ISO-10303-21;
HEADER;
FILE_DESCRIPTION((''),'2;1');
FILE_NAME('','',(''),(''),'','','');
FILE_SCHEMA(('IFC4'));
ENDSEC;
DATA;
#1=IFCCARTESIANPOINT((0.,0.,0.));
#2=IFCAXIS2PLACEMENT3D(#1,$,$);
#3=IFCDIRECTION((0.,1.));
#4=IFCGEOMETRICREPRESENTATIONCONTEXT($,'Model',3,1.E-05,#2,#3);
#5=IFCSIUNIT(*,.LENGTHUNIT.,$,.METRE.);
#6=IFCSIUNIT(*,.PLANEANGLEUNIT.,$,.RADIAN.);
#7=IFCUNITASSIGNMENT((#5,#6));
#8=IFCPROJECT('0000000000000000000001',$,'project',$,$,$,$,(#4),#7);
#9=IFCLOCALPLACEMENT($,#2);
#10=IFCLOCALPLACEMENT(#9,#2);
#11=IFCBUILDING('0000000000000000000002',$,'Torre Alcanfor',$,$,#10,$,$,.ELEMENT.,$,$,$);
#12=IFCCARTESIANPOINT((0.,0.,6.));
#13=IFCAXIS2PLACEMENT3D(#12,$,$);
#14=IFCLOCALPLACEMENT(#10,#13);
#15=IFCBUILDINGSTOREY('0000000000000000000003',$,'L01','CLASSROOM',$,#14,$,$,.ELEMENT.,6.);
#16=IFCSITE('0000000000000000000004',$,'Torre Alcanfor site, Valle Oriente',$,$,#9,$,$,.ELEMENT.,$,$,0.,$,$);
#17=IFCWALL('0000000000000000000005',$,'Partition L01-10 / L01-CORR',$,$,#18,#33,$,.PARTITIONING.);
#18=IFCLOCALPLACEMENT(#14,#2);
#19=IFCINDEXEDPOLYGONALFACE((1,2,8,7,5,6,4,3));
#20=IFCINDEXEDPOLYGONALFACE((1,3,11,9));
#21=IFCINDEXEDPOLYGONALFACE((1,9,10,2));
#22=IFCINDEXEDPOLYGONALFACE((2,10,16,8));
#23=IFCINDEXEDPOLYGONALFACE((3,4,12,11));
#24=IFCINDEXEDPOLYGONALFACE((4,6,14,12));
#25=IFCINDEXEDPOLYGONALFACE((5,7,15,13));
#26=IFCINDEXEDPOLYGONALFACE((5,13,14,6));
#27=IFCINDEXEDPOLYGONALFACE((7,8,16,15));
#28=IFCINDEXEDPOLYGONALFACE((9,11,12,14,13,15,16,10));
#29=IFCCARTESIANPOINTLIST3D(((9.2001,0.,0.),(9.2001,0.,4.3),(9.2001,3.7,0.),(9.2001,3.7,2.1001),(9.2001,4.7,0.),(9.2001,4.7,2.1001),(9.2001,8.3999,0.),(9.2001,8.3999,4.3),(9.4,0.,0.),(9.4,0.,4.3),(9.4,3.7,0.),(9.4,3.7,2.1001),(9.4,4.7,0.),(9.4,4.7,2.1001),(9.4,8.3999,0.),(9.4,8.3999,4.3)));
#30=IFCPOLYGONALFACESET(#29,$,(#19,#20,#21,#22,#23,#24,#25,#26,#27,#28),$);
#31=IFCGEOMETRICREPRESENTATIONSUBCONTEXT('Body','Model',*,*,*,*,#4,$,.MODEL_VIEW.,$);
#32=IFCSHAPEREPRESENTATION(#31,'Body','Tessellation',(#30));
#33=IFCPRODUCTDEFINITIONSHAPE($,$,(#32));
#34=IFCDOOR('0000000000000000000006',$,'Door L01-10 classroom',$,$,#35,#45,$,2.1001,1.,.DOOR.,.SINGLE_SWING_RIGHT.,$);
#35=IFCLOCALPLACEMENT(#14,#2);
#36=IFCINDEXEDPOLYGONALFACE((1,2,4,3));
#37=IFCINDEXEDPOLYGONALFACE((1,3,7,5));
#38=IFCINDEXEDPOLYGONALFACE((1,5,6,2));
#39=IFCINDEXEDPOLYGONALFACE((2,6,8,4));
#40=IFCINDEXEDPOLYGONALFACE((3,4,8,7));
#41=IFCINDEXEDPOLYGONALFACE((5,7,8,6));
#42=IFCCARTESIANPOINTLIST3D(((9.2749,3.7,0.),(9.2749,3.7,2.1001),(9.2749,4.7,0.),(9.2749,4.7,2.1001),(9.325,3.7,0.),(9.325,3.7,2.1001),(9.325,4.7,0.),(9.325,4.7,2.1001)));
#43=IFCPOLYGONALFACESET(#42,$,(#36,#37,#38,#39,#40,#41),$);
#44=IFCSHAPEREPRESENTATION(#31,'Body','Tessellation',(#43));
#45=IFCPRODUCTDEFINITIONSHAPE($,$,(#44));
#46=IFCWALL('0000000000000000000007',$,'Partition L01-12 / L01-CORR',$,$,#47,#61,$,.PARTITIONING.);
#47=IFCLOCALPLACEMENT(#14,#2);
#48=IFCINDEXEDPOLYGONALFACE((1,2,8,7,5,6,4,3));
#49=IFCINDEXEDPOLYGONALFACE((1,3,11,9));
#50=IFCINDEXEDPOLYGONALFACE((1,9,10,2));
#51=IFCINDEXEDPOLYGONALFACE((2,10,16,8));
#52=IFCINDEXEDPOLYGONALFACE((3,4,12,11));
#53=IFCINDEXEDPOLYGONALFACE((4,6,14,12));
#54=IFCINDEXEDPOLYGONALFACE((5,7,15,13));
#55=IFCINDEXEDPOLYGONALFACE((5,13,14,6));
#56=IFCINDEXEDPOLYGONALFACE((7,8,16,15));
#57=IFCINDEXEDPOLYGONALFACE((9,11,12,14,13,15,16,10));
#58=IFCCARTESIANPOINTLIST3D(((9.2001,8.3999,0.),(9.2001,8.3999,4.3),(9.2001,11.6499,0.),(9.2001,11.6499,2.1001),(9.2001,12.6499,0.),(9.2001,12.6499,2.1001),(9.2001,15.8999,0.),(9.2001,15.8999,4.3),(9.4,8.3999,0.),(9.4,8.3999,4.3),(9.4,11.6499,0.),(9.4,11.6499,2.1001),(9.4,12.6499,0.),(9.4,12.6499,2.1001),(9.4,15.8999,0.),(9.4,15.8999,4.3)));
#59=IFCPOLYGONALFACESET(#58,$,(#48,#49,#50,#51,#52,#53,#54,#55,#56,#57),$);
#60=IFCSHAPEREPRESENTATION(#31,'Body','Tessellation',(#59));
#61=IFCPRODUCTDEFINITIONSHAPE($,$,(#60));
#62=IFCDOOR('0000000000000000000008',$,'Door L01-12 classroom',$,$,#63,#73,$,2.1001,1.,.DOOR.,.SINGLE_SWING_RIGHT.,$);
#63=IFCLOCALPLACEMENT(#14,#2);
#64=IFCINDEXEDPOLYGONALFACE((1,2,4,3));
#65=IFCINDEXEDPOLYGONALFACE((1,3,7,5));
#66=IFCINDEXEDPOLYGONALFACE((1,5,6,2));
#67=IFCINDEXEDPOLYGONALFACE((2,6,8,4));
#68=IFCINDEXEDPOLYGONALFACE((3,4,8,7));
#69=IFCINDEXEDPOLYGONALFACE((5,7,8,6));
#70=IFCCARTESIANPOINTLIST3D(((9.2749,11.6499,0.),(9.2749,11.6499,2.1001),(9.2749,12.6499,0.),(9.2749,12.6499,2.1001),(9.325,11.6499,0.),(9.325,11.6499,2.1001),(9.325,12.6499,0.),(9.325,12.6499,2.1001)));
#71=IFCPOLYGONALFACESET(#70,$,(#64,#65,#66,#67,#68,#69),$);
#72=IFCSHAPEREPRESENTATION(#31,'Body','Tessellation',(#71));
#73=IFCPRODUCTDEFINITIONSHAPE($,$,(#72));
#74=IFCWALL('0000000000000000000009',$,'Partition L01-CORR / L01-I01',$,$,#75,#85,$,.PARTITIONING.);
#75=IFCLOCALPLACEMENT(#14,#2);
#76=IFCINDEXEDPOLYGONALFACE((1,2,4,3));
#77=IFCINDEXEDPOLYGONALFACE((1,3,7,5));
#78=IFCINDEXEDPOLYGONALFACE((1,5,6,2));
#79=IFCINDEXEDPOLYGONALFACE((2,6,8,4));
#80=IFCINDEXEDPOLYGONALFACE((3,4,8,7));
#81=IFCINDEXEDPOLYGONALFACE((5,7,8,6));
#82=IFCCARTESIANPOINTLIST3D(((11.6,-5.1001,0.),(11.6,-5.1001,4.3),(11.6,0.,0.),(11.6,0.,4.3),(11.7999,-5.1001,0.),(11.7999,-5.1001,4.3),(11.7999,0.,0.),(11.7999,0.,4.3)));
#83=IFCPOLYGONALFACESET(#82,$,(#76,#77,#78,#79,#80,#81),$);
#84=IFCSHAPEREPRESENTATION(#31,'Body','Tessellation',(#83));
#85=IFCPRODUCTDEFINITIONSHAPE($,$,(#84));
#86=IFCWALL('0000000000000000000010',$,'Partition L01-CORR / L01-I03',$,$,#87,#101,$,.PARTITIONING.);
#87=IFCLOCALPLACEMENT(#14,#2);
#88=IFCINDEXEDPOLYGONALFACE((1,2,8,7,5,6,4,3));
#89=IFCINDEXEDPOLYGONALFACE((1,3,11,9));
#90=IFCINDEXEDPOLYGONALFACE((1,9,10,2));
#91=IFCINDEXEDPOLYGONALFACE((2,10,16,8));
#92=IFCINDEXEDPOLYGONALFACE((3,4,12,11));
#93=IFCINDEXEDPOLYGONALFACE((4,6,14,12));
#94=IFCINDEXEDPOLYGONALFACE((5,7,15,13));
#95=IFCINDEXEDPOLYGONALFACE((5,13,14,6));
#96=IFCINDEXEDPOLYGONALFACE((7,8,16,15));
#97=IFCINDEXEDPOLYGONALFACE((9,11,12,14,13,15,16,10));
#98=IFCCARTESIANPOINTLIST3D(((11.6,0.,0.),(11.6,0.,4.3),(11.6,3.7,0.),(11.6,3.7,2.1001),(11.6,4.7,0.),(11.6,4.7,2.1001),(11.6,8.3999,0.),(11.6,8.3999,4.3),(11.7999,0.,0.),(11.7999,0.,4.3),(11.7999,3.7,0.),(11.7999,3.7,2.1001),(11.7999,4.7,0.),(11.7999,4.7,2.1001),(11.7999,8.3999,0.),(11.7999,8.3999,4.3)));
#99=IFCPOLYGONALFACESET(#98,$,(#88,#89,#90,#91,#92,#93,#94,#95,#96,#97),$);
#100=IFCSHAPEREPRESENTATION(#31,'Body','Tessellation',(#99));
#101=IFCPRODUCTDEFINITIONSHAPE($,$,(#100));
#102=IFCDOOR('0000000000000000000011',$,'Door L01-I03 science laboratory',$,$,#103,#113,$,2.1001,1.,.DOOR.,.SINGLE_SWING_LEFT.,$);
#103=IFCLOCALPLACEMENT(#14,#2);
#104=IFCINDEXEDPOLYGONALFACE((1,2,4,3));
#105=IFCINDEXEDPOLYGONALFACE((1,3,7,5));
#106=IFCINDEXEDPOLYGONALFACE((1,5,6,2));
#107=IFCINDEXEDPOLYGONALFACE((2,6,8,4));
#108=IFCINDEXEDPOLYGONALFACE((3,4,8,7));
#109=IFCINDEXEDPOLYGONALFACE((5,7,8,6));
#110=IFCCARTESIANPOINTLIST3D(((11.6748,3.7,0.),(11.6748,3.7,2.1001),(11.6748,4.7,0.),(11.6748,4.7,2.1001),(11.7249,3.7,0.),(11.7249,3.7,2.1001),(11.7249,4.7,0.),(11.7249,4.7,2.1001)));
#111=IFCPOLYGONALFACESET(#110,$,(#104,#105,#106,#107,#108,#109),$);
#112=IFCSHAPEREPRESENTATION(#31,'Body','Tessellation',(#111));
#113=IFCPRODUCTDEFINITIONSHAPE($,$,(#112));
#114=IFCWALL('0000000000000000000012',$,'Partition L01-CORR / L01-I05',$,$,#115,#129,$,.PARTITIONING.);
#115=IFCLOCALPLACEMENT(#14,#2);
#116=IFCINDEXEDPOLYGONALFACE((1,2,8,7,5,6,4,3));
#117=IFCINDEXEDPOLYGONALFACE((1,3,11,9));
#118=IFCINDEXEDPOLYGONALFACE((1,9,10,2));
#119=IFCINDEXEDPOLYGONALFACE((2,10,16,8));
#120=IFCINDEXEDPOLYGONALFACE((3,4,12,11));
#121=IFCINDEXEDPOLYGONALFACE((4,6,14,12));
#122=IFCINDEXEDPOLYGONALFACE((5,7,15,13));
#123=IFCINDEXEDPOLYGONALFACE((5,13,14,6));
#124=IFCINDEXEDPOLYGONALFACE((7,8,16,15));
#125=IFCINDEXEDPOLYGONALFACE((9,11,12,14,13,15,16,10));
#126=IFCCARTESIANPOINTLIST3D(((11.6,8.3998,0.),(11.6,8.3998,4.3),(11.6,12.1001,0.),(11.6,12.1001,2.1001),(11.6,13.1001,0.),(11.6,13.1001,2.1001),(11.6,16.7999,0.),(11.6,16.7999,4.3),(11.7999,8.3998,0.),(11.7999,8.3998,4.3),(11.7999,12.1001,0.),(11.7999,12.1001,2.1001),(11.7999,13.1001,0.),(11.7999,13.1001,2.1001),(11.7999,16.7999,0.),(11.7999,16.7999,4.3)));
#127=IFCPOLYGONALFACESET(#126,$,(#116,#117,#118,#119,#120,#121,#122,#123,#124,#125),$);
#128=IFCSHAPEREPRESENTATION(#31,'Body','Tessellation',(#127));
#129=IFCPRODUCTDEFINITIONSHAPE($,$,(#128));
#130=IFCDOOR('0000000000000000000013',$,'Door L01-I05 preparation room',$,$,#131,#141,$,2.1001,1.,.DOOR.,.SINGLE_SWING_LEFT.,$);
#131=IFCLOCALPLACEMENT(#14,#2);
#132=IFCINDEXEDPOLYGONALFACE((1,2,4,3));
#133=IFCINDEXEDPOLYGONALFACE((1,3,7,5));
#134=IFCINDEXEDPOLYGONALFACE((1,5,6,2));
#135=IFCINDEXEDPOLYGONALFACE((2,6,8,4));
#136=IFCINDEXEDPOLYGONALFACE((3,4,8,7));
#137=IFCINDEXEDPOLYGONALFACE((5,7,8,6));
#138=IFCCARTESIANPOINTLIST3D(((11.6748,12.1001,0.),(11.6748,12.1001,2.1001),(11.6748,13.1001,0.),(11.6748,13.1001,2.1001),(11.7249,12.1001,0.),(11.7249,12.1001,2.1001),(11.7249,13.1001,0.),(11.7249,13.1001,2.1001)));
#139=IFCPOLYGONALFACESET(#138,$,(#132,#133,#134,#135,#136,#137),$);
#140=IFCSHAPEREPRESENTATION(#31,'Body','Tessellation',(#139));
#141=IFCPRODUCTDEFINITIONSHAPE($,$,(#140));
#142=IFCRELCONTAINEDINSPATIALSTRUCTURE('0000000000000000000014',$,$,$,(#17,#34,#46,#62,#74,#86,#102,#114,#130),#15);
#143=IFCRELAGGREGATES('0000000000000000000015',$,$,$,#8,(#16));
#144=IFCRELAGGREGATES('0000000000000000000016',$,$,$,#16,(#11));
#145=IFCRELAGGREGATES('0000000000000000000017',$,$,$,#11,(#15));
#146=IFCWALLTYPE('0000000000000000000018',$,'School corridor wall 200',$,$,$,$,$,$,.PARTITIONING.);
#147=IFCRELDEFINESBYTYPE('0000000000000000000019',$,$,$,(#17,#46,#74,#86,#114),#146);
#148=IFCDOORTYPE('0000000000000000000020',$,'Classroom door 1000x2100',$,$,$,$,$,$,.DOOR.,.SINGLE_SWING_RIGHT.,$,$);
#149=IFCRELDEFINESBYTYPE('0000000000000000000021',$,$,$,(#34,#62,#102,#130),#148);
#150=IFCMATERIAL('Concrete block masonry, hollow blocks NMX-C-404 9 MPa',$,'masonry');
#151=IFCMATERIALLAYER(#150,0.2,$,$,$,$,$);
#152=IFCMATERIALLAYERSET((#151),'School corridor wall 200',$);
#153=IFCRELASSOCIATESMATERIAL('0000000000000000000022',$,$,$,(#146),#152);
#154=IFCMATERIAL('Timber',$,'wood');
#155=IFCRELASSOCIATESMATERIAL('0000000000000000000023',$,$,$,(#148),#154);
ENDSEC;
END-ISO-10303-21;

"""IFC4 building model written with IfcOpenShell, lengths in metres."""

from ifc_helpers import new_model, si_unit, direction, frame, frame_2d, origin, place, context, subcontext, project, spatial, rectangle, extrude, material, layer, layer_set, type_object, element, fill, save


model = new_model("IFC4")

# Units and contexts
model_context = context("Model", 3, precision=1e-05, world=origin(), true_north=direction((0.0, 1.0)))
body_context = subcontext(model_context, "Body", "Model", "MODEL_VIEW")
ifc_project = project(units=[si_unit("LENGTHUNIT", "METRE"), si_unit("PLANEANGLEUNIT", "RADIAN")], contexts=[model_context])

# Site, building, storey
site_placement = place(None, origin())
site = spatial("IfcSite", under=ifc_project, at=site_placement, Name="Torre Alcanfor site, Valle Oriente", CompositionType="ELEMENT", RefElevation=0.0)
building_placement = place(site_placement, origin())
building = spatial("IfcBuilding", under=site, at=building_placement, Name="Torre Alcanfor", CompositionType="ELEMENT")
storey_placement = place(building_placement, frame((0.0, 0.0, 6.0)))
storey = spatial("IfcBuildingStorey", under=building, at=storey_placement, Name="L01", Description="CLASSROOM", CompositionType="ELEMENT", Elevation=6.0)

# Walls, openings, doors
ifc_material_1 = material(Name="Concrete block masonry, hollow blocks NMX-C-404 9 MPa", Category="masonry")
ifc_layer_1 = layer(ifc_material_1, 0.2)
ifc_layer_set_1 = layer_set([ifc_layer_1], Name="School corridor wall 200")
wall_type_1 = type_object("IfcWallType", Name="School corridor wall 200", PredefinedType="PARTITIONING", material=ifc_layer_set_1)
ifc_material_2 = material(Name="Timber", Category="wood")
door_type = type_object("IfcDoorType", Name="Classroom door 1000x2100", OperationType="SINGLE_SWING_RIGHT", PredefinedType="DOOR", material=ifc_material_2)
wall_1_placement = place(storey_placement, frame((9.3, 8.3999, 0.0), z_axis=(0.0, 0.0, 1.0), x_axis=(0.0, -1.0, 0.0)))
wall_1 = element("IfcWall", 1, at=wall_1_placement, inside=storey, type_object=wall_type_1, Name="Partition L01-10 / L01-CORR", PredefinedType="PARTITIONING", context=body_context, shape_type="SweptSolid", body=[
    extrude(rectangle(XDim=8.3999, YDim=0.2, at=frame_2d((4.2, 0.0))), origin(), (0.0, 0.0, 1.0), 4.3),
])
opening_1_placement = place(wall_1_placement, frame((3.7, 0.0, 0.0)))
opening_1 = element("IfcOpeningElement", 2, at=opening_1_placement, cuts=wall_1, PredefinedType="OPENING", context=body_context, shape_type="SweptSolid", body=[
    extrude(rectangle(XDim=1.0, YDim=2.1001, at=frame_2d((0.5, 1.05))), frame((0.0, 0.1099, 0.0), z_axis=(0.0, -1.0, 0.0), x_axis=(1.0, 0.0, 0.0)), (0.0, 0.0, 1.0), 0.22),
])
door_1_placement = place(opening_1_placement, frame((1.0, 0.0, 0.0), z_axis=(0.0, 0.0, 1.0), x_axis=(-1.0, 0.0, 0.0)))
door_1 = element("IfcDoor", 3, at=door_1_placement, inside=storey, type_object=door_type, Name="Door L01-10 classroom", OperationType="SINGLE_SWING_RIGHT", OverallHeight=2.1001, OverallWidth=1.0, PredefinedType="DOOR", context=body_context, shape_type="SweptSolid", body=[
    extrude(rectangle(XDim=1.0, YDim=2.1001, at=frame_2d((0.5, 1.05))), frame((0.0, 0.0251, 0.0), z_axis=(0.0, -1.0, 0.0), x_axis=(1.0, 0.0, 0.0)), (0.0, 0.0, 1.0), 0.05),
])
fill(opening_1, door_1)
wall_2_placement = place(storey_placement, frame((9.3, 15.8999, 0.0), z_axis=(0.0, 0.0, 1.0), x_axis=(0.0, -1.0, 0.0)))
wall_2 = element("IfcWall", 4, at=wall_2_placement, inside=storey, type_object=wall_type_1, Name="Partition L01-12 / L01-CORR", PredefinedType="PARTITIONING", context=body_context, shape_type="SweptSolid", body=[
    extrude(rectangle(XDim=7.5, YDim=0.2, at=frame_2d((3.75, 0.0))), origin(), (0.0, 0.0, 1.0), 4.3),
])
opening_2_placement = place(wall_2_placement, frame((3.25, 0.0, 0.0)))
opening_2 = element("IfcOpeningElement", 5, at=opening_2_placement, cuts=wall_2, PredefinedType="OPENING", context=body_context, shape_type="SweptSolid", body=[
    extrude(rectangle(XDim=1.0, YDim=2.1001, at=frame_2d((0.5, 1.05))), frame((0.0, 0.1099, 0.0), z_axis=(0.0, -1.0, 0.0), x_axis=(1.0, 0.0, 0.0)), (0.0, 0.0, 1.0), 0.22),
])
door_2_placement = place(opening_2_placement, frame((1.0, 0.0, 0.0), z_axis=(0.0, 0.0, 1.0), x_axis=(-1.0, 0.0, 0.0)))
door_2 = element("IfcDoor", 6, at=door_2_placement, inside=storey, type_object=door_type, Name="Door L01-12 classroom", OperationType="SINGLE_SWING_RIGHT", OverallHeight=2.1001, OverallWidth=1.0, PredefinedType="DOOR", context=body_context, shape_type="SweptSolid", body=[
    extrude(rectangle(XDim=1.0, YDim=2.1001, at=frame_2d((0.5, 1.05))), frame((0.0, 0.0251, 0.0), z_axis=(0.0, -1.0, 0.0), x_axis=(1.0, 0.0, 0.0)), (0.0, 0.0, 1.0), 0.05),
])
fill(opening_2, door_2)

# Wall
wall_3_placement = place(storey_placement, frame((11.7, 0.0, 0.0), z_axis=(0.0, 0.0, 1.0), x_axis=(0.0, -1.0, 0.0)))
element("IfcWall", 7, at=wall_3_placement, inside=storey, type_object=wall_type_1, Name="Partition L01-CORR / L01-I01", PredefinedType="PARTITIONING", context=body_context, shape_type="SweptSolid", body=[
    extrude(rectangle(XDim=5.1001, YDim=0.2, at=frame_2d((2.55, 0.0))), origin(), (0.0, 0.0, 1.0), 4.3),
])

# Walls, openings, doors
wall_4_placement = place(storey_placement, frame((11.7, 8.3999, 0.0), z_axis=(0.0, 0.0, 1.0), x_axis=(0.0, -1.0, 0.0)))
wall_4 = element("IfcWall", 8, at=wall_4_placement, inside=storey, type_object=wall_type_1, Name="Partition L01-CORR / L01-I03", PredefinedType="PARTITIONING", context=body_context, shape_type="SweptSolid", body=[
    extrude(rectangle(XDim=8.3999, YDim=0.2, at=frame_2d((4.2, 0.0))), origin(), (0.0, 0.0, 1.0), 4.3),
])
opening_3_placement = place(wall_4_placement, frame((3.7, 0.0, 0.0)))
opening_3 = element("IfcOpeningElement", 9, at=opening_3_placement, cuts=wall_4, PredefinedType="OPENING", context=body_context, shape_type="SweptSolid", body=[
    extrude(rectangle(XDim=1.0, YDim=2.1001, at=frame_2d((0.5, 1.05))), frame((0.0, 0.1099, 0.0), z_axis=(0.0, -1.0, 0.0), x_axis=(1.0, 0.0, 0.0)), (0.0, 0.0, 1.0), 0.22),
])
door_3_placement = place(opening_3_placement, origin())
door_3 = element("IfcDoor", 10, at=door_3_placement, inside=storey, type_object=door_type, Name="Door L01-I03 science laboratory", OperationType="SINGLE_SWING_LEFT", OverallHeight=2.1001, OverallWidth=1.0, PredefinedType="DOOR", context=body_context, shape_type="SweptSolid", body=[
    extrude(rectangle(XDim=1.0, YDim=2.1001, at=frame_2d((0.5, 1.05))), frame((0.0, 0.0249, 0.0), z_axis=(0.0, -1.0, 0.0), x_axis=(1.0, 0.0, 0.0)), (0.0, 0.0, 1.0), 0.05),
])
fill(opening_3, door_3)
wall_5_placement = place(storey_placement, frame((11.7, 16.8, 0.0), z_axis=(0.0, 0.0, 1.0), x_axis=(0.0, -1.0, 0.0)))
wall_5 = element("IfcWall", 11, at=wall_5_placement, inside=storey, type_object=wall_type_1, Name="Partition L01-CORR / L01-I05", PredefinedType="PARTITIONING", context=body_context, shape_type="SweptSolid", body=[
    extrude(rectangle(XDim=8.4001, YDim=0.2, at=frame_2d((4.2002, 0.0))), origin(), (0.0, 0.0, 1.0), 4.3),
])
opening_4_placement = place(wall_5_placement, frame((3.7, 0.0, 0.0)))
opening_4 = element("IfcOpeningElement", 12, at=opening_4_placement, cuts=wall_5, PredefinedType="OPENING", context=body_context, shape_type="SweptSolid", body=[
    extrude(rectangle(XDim=1.0, YDim=2.1001, at=frame_2d((0.5, 1.05))), frame((0.0, 0.1099, 0.0), z_axis=(0.0, -1.0, 0.0), x_axis=(1.0, 0.0, 0.0)), (0.0, 0.0, 1.0), 0.22),
])
door_4_placement = place(opening_4_placement, origin())
door_4 = element("IfcDoor", 13, at=door_4_placement, inside=storey, type_object=door_type, Name="Door L01-I05 preparation room", OperationType="SINGLE_SWING_LEFT", OverallHeight=2.1001, OverallWidth=1.0, PredefinedType="DOOR", context=body_context, shape_type="SweptSolid", body=[
    extrude(rectangle(XDim=1.0, YDim=2.1001, at=frame_2d((0.5, 1.05))), frame((0.0, 0.0249, 0.0), z_axis=(0.0, -1.0, 0.0), x_axis=(1.0, 0.0, 0.0)), (0.0, 0.0, 1.0), 0.05),
])
fill(opening_4, door_4)

save(model, "model.ifc")
